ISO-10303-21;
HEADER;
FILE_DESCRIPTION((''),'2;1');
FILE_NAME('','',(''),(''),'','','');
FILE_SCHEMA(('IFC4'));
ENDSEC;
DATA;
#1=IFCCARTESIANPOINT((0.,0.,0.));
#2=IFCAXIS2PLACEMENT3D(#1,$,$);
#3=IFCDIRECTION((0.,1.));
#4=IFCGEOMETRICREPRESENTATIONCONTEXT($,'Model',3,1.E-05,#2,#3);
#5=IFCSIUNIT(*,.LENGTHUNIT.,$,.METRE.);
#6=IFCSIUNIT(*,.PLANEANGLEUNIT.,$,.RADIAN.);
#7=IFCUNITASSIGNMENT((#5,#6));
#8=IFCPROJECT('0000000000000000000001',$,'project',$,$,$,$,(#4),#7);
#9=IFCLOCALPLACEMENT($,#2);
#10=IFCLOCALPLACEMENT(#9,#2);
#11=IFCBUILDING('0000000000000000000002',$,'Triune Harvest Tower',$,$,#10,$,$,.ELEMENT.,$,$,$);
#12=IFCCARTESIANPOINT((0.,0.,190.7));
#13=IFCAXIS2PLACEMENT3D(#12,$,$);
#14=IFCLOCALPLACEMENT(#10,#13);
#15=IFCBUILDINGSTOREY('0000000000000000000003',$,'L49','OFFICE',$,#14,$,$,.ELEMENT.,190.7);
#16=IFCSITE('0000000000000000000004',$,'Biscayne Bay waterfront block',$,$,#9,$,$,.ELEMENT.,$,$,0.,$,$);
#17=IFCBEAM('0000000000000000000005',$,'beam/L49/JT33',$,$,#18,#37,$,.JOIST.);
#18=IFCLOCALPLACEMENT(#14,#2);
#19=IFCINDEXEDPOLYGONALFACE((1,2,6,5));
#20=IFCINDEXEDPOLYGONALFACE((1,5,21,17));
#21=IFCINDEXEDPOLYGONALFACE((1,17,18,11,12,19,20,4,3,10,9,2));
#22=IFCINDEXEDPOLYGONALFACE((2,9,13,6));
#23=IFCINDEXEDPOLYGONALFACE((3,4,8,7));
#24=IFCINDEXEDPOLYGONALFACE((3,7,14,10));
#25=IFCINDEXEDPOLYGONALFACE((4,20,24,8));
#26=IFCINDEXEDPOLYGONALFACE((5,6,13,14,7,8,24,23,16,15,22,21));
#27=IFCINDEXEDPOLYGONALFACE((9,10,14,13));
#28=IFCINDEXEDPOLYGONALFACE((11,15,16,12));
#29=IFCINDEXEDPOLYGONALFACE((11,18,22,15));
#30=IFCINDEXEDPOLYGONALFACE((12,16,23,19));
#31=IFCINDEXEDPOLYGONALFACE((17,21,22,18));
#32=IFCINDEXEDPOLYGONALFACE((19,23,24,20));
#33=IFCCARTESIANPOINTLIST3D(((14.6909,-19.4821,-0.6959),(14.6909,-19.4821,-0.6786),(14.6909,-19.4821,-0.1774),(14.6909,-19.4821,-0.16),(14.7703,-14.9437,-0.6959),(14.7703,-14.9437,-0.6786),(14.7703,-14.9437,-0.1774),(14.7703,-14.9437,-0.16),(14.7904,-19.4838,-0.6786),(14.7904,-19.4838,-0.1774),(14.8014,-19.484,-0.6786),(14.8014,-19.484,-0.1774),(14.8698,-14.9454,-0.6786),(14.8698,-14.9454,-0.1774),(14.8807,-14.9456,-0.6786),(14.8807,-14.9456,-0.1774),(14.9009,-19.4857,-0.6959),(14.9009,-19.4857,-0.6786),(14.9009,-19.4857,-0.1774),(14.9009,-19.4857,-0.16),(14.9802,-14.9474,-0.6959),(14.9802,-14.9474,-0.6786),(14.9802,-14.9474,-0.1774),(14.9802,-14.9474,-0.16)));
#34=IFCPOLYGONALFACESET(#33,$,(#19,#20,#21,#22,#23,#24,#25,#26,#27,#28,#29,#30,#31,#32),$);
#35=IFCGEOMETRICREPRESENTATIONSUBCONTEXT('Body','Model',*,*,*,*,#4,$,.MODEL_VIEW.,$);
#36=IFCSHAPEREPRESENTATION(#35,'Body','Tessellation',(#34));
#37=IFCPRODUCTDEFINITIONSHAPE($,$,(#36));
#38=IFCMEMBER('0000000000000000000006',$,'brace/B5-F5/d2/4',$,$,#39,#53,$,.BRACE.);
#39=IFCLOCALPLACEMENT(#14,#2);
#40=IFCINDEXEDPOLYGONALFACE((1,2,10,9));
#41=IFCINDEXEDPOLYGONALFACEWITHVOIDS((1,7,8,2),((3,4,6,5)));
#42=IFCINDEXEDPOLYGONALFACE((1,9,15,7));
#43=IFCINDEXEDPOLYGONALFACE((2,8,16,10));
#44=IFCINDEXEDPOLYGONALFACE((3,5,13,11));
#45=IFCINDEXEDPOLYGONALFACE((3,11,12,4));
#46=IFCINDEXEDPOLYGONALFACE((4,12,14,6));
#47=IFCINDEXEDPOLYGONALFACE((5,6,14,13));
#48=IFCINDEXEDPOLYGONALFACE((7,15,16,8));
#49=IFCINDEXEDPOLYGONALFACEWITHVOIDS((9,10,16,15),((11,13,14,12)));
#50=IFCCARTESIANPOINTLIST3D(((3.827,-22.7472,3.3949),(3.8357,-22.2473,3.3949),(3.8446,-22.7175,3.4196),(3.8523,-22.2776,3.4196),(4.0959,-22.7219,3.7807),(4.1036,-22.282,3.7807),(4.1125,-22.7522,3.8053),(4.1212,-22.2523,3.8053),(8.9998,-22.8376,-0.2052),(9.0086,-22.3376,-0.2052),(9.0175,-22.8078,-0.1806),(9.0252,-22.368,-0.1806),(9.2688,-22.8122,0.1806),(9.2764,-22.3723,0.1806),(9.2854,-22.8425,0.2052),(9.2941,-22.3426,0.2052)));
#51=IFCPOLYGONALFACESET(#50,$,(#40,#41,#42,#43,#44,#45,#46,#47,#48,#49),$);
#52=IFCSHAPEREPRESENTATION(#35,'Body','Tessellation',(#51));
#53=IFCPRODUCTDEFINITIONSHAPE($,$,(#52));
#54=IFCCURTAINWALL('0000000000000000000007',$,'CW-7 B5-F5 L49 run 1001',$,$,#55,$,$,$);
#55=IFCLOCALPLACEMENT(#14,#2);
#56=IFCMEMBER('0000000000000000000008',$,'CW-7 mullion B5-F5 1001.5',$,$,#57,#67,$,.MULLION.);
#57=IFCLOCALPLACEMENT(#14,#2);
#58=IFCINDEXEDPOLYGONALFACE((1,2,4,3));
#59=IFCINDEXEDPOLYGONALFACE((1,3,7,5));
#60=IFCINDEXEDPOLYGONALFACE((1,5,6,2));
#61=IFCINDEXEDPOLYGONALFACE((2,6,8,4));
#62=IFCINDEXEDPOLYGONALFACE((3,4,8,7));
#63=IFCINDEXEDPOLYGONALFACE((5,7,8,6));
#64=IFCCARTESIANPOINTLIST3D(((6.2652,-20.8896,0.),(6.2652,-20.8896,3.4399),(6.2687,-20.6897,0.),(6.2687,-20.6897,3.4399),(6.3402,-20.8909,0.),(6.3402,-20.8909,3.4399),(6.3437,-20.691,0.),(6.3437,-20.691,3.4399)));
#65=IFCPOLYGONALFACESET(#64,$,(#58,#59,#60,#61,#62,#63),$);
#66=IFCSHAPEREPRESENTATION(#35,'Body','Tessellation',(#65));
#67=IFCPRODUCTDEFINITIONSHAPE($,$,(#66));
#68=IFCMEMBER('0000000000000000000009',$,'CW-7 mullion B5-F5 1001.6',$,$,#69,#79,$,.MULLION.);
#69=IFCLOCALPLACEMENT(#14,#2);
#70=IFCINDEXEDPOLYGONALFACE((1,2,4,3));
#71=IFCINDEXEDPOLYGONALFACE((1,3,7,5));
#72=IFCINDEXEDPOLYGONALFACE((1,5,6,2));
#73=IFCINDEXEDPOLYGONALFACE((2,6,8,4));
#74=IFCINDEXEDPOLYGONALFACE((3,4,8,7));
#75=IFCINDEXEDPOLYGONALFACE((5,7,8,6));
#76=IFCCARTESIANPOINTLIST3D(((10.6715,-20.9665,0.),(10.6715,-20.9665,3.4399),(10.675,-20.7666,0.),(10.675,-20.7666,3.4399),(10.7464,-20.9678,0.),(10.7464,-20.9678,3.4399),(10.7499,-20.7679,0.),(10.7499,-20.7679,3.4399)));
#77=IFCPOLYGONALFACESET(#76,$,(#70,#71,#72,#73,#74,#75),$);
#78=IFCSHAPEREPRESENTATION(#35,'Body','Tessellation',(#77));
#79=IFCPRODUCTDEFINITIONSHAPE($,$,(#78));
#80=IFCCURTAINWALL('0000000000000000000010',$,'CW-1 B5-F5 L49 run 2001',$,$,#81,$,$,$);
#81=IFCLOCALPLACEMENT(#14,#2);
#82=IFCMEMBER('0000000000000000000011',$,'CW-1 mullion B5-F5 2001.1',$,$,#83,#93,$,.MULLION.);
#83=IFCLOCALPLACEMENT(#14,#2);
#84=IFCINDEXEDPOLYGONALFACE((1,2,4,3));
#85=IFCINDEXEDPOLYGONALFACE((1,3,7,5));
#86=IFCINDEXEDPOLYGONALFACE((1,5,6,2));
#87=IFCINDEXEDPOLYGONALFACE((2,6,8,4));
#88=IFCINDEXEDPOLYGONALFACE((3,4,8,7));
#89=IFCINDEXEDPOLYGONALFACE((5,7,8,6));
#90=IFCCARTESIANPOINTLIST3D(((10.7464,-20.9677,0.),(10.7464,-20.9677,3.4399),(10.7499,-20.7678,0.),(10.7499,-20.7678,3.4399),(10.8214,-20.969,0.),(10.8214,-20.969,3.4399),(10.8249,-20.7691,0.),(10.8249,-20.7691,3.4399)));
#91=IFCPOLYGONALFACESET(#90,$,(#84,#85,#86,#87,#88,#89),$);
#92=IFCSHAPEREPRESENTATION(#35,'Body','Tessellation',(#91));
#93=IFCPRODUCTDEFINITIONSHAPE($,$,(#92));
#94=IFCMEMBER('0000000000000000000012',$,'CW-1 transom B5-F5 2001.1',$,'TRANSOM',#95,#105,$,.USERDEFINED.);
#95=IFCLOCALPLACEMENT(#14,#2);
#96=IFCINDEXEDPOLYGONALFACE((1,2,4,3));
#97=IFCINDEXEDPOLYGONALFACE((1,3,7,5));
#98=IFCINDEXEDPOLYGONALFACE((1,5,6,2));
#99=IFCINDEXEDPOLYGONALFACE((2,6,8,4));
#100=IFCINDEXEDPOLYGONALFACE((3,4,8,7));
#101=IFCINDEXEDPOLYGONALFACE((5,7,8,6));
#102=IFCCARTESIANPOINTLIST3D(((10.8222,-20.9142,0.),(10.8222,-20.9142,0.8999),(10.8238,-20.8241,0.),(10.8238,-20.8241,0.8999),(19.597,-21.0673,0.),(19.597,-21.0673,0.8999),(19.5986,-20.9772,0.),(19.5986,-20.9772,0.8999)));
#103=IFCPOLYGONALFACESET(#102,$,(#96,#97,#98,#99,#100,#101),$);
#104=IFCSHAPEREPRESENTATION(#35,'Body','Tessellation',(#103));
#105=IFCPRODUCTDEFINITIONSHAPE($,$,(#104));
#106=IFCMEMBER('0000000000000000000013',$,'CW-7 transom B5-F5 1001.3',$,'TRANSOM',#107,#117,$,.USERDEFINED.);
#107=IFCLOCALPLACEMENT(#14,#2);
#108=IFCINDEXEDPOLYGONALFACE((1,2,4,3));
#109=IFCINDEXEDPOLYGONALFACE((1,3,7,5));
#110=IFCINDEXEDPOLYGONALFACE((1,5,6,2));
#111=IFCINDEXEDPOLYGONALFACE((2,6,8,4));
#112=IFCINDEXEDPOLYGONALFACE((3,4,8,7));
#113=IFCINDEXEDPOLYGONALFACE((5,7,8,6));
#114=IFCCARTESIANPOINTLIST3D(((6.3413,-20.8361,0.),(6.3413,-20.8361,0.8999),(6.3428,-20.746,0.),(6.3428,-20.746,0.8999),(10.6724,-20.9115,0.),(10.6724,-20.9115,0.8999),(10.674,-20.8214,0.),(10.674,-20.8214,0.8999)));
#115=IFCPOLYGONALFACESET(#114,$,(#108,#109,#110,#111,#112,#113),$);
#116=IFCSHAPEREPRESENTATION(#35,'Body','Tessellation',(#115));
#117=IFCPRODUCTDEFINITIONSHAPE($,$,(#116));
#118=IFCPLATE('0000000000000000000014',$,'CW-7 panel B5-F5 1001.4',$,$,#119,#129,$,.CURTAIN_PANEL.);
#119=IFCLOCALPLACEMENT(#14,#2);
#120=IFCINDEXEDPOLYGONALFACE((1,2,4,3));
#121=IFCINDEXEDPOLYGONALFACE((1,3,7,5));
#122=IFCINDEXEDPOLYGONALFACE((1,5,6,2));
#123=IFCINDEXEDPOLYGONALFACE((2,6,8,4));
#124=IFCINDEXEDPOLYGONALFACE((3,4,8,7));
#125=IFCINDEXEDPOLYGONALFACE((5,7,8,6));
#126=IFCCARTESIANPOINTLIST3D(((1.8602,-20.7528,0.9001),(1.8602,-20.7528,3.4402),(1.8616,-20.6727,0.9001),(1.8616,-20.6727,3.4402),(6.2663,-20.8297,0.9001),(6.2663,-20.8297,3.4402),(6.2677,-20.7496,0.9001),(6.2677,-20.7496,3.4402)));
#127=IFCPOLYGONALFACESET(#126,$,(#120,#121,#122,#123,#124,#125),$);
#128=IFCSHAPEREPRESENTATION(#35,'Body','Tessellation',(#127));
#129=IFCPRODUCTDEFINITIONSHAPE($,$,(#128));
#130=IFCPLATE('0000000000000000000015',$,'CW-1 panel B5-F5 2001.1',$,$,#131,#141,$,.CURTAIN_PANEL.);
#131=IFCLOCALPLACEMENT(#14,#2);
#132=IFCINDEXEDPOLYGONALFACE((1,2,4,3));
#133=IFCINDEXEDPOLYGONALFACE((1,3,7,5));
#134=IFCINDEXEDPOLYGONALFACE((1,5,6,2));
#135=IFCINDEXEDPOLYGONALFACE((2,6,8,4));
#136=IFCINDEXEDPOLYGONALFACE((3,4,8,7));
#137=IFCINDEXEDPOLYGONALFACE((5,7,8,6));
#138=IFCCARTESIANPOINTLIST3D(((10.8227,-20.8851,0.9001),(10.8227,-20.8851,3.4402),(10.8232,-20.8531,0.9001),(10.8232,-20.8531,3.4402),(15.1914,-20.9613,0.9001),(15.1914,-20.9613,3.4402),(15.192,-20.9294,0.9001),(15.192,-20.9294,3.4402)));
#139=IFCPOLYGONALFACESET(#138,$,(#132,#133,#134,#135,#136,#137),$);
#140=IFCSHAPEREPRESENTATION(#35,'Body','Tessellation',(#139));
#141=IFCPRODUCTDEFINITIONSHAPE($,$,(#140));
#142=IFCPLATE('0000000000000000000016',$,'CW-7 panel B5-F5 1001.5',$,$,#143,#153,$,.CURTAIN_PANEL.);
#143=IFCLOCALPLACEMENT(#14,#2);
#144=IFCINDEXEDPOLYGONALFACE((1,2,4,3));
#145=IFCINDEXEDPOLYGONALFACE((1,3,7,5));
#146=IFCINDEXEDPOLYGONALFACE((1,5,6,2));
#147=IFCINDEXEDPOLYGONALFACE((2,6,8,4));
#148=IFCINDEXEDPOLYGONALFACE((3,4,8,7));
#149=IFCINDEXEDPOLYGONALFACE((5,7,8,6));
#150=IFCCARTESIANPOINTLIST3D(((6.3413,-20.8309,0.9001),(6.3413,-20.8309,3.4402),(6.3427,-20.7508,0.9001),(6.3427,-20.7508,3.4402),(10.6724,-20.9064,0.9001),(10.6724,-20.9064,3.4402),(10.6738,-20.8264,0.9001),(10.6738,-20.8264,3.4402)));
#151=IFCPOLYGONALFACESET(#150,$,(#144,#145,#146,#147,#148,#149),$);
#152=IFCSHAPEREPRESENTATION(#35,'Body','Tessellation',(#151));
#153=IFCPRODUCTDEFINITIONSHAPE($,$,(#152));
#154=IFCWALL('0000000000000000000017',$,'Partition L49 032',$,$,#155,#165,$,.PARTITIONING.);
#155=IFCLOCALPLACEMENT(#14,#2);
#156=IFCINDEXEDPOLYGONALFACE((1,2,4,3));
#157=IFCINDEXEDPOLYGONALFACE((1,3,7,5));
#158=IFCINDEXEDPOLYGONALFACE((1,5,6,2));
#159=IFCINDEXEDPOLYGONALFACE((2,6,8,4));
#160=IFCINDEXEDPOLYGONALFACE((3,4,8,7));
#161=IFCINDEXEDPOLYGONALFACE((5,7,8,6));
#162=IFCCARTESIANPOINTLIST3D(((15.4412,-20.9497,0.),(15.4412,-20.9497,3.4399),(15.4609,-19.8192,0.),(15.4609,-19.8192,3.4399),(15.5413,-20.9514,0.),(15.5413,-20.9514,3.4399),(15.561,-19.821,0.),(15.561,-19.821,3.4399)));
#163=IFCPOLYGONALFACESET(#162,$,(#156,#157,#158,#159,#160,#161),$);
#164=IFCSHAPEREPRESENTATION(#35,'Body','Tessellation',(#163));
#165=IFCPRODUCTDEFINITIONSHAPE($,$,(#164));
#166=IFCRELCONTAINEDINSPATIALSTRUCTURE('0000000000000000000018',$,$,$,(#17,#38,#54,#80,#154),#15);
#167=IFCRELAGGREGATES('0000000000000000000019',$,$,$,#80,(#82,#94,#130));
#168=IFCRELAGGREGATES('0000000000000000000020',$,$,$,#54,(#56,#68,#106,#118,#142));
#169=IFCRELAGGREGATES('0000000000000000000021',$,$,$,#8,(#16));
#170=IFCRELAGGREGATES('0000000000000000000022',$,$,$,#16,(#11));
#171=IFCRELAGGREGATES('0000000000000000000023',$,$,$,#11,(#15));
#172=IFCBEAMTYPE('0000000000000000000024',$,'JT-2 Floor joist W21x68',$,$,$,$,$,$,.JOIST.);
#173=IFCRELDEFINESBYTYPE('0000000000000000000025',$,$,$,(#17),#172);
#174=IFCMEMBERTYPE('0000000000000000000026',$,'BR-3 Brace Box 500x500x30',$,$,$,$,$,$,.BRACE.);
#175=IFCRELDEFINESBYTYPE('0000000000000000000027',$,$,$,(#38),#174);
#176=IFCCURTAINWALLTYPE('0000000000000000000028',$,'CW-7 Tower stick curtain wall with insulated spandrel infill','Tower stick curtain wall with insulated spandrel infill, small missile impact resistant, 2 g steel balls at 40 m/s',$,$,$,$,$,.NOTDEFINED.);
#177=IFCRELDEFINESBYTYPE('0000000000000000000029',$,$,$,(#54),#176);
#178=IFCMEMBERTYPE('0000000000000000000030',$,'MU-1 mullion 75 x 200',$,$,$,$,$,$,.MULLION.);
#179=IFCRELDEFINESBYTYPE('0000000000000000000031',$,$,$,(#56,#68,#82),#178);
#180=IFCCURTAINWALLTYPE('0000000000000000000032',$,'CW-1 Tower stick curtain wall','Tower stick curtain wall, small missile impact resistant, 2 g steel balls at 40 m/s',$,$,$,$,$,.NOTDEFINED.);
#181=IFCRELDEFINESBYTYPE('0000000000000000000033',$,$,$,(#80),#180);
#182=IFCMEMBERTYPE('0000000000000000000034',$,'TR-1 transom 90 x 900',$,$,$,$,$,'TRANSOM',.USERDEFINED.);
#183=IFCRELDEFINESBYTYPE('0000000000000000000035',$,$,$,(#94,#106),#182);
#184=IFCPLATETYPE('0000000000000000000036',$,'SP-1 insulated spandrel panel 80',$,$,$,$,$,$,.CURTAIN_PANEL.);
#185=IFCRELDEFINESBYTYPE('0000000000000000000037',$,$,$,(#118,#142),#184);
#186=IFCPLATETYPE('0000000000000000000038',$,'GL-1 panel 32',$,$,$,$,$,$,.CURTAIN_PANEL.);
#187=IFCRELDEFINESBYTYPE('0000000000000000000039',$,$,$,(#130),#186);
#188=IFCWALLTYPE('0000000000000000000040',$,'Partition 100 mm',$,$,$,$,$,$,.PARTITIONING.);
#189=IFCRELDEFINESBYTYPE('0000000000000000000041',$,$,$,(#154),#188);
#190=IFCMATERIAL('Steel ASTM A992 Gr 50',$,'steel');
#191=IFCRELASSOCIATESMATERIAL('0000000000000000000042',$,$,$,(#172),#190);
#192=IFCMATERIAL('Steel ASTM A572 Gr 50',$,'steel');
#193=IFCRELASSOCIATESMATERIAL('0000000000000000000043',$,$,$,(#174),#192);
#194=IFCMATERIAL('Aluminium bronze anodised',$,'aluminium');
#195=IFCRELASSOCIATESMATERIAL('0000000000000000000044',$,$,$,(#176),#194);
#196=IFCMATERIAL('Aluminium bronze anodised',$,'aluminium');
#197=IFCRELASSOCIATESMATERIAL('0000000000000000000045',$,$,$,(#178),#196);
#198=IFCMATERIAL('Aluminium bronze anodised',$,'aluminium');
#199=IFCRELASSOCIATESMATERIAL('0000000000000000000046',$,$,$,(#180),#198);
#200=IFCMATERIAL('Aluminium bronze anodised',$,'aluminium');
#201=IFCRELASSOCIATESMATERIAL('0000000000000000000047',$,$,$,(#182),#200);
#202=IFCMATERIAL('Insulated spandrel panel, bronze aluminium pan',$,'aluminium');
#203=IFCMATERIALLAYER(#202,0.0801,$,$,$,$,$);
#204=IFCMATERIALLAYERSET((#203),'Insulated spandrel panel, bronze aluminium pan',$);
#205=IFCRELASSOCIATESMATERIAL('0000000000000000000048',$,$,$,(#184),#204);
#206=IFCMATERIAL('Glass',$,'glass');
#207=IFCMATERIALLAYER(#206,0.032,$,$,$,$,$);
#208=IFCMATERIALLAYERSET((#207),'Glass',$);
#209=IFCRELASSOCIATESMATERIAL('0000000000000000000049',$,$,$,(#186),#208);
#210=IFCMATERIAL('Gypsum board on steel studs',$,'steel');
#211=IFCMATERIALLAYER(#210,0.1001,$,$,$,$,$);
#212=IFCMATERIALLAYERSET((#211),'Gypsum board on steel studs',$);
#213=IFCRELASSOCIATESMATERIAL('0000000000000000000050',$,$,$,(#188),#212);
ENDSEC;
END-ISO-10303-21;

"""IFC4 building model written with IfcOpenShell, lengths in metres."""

from ifc_helpers import new_model, si_unit, direction, frame, frame_2d, origin, origin_2d, place, context, subcontext, project, spatial, rectangle, hollow_rectangle, i_section, extrude, source, transform, mapped, material, layer, layer_set, material_profile, profile_set, type_object, element, aggregate, save


model = new_model("IFC4")

# Units and contexts
model_context = context("Model", 3, precision=1e-05, world=origin(), true_north=direction((0.0, 1.0)))
body_context = subcontext(model_context, "Body", "Model", "MODEL_VIEW")
ifc_project = project(units=[si_unit("LENGTHUNIT", "METRE"), si_unit("PLANEANGLEUNIT", "RADIAN")], contexts=[model_context])

# Site, building, storey
site_placement = place(None, origin())
site = spatial("IfcSite", under=ifc_project, at=site_placement, Name="Biscayne Bay waterfront block", CompositionType="ELEMENT", RefElevation=0.0)
building_placement = place(site_placement, origin())
building = spatial("IfcBuilding", under=site, at=building_placement, Name="Triune Harvest Tower", CompositionType="ELEMENT")
storey_placement = place(building_placement, frame((0.0, 0.0, 190.7)))
storey = spatial("IfcBuildingStorey", under=building, at=storey_placement, Name="L49", Description="OFFICE", CompositionType="ELEMENT", Elevation=190.7)

# Beam
ifc_material_1 = material(Name="Steel ASTM A992 Gr 50", Category="steel")
ifc_material_profile_1 = material_profile(ifc_material_1, i_section(OverallWidth=0.21, OverallDepth=0.5359, WebThickness=0.011, FlangeThickness=0.0173, at=origin_2d()), Name="W21x68")
ifc_profile_set_1 = profile_set([ifc_material_profile_1], Name="Steel ASTM A992 Gr 50")
beam_type_1 = type_object("IfcBeamType", Name="JT-2 Floor joist W21x68", PredefinedType="JOIST", material=ifc_profile_set_1)
shared_shape_1 = source(origin(), body_context, "Body", "SweptSolid", [
    extrude(i_section(OverallWidth=0.21, OverallDepth=0.5359, WebThickness=0.011, FlangeThickness=0.0173, at=origin_2d()), origin(), (0.0, 0.0, 1.0), 4.5391),
])
beam_1_placement = place(storey_placement, frame((14.7959, -19.4839, -0.428), z_axis=(0.017481, 0.999847, 0.0), x_axis=(-0.999847, 0.017481, 0.0)))
element("IfcBeam", 1, at=beam_1_placement, inside=storey, type_object=beam_type_1, Name="beam/L49/JT33", PredefinedType="JOIST", context=body_context, shape_type="MappedRepresentation", body=[
    mapped(shared_shape_1, transform((0.0, 0.0, 0.0), scale=1.0)),
])

# Member
ifc_material_2 = material(Name="Steel ASTM A572 Gr 50", Category="steel")
ifc_material_profile_2 = material_profile(ifc_material_2, hollow_rectangle(XDim=0.5, YDim=0.5, WallThickness=0.03, at=origin_2d()), Name="Box 500x500x30")
ifc_profile_set_2 = profile_set([ifc_material_profile_2], Name="Steel ASTM A572 Gr 50")
member_type_1 = type_object("IfcMemberType", Name="BR-3 Brace Box 500x500x30", PredefinedType="BRACE", material=ifc_profile_set_2)
shared_shape_2 = source(origin(), body_context, "Body", "SweptSolid", [
    extrude(hollow_rectangle(XDim=0.5, YDim=0.5, WallThickness=0.03, at=origin_2d()), origin(), (0.0, 0.0, 1.0), 6.303),
])
member_1_placement = place(storey_placement, frame((9.147, -22.5901, 0.0), z_axis=(-0.820702, 0.014332, 0.571176), x_axis=(-0.01746, -0.999848, 0.0)))
element("IfcMember", 2, at=member_1_placement, inside=storey, type_object=member_type_1, Name="brace/B5-F5/d2/4", PredefinedType="BRACE", context=body_context, shape_type="MappedRepresentation", body=[
    mapped(shared_shape_2, transform((0.0, 0.0, 0.0), scale=1.0)),
])

# Curtain walls, members
ifc_material_3 = material(Name="Aluminium bronze anodised", Category="aluminium")
curtain_wall_type_1 = type_object("IfcCurtainWallType", Name="CW-7 Tower stick curtain wall with insulated spandrel infill", Description="Tower stick curtain wall with insulated spandrel infill, small missile impact resistant, 2 g steel balls at 40 m/s", PredefinedType="NOTDEFINED", material=ifc_material_3)
curtain_wall_1_placement = place(storey_placement, origin())
curtain_wall_1 = element("IfcCurtainWall", 3, at=curtain_wall_1_placement, inside=storey, type_object=curtain_wall_type_1, Name="CW-7 B5-F5 L49 run 1001")
ifc_material_4 = material(Name="Aluminium bronze anodised", Category="aluminium")
ifc_material_profile_3 = material_profile(ifc_material_4, rectangle(XDim=0.2, YDim=0.075, at=origin_2d()), Name="MU-1 mullion 75 x 200")
ifc_profile_set_3 = profile_set([ifc_material_profile_3], Name="Aluminium bronze anodised")
member_type_2 = type_object("IfcMemberType", Name="MU-1 mullion 75 x 200", PredefinedType="MULLION", material=ifc_profile_set_3)
shared_shape_3 = source(origin(), body_context, "Body", "SweptSolid", [
    extrude(rectangle(XDim=0.2, YDim=0.075, at=origin_2d()), origin(), (0.0, 0.0, 1.0), 3.4399),
])
member_2_placement = place(storey_placement, frame((6.3044, -20.7903, 0.0), z_axis=(0.0, 0.0, 1.0), x_axis=(0.017447, 0.999848, 0.0)))
member_2 = element("IfcMember", 4, at=member_2_placement, type_object=member_type_2, Name="CW-7 mullion B5-F5 1001.5", PredefinedType="MULLION", context=body_context, shape_type="MappedRepresentation", body=[
    mapped(shared_shape_3, transform((0.0, 0.0, 0.0), scale=1.0)),
])
member_3_placement = place(storey_placement, frame((10.7107, -20.8672, 0.0), z_axis=(0.0, 0.0, 1.0), x_axis=(0.017447, 0.999848, 0.0)))
member_3 = element("IfcMember", 5, at=member_3_placement, type_object=member_type_2, Name="CW-7 mullion B5-F5 1001.6", PredefinedType="MULLION", context=body_context, shape_type="MappedRepresentation", body=[
    mapped(shared_shape_3, transform((0.0, 0.0, 0.0), scale=1.0)),
])
ifc_material_5 = material(Name="Aluminium bronze anodised", Category="aluminium")
curtain_wall_type_2 = type_object("IfcCurtainWallType", Name="CW-1 Tower stick curtain wall", Description="Tower stick curtain wall, small missile impact resistant, 2 g steel balls at 40 m/s", PredefinedType="NOTDEFINED", material=ifc_material_5)
curtain_wall_2_placement = place(storey_placement, origin())
curtain_wall_2 = element("IfcCurtainWall", 6, at=curtain_wall_2_placement, inside=storey, type_object=curtain_wall_type_2, Name="CW-1 B5-F5 L49 run 2001")
member_4_placement = place(storey_placement, frame((10.7856, -20.8684, 0.0), z_axis=(0.0, 0.0, 1.0), x_axis=(0.017455, 0.999848, 0.0)))
member_4 = element("IfcMember", 7, at=member_4_placement, type_object=member_type_2, Name="CW-1 mullion B5-F5 2001.1", PredefinedType="MULLION", context=body_context, shape_type="MappedRepresentation", body=[
    mapped(shared_shape_3, transform((0.0, 0.0, 0.0), scale=1.0)),
])
ifc_material_6 = material(Name="Aluminium bronze anodised", Category="aluminium")
ifc_material_profile_4 = material_profile(ifc_material_6, rectangle(XDim=0.0901, YDim=0.8999, at=origin_2d()), Name="TR-1 transom 90 x 900")
ifc_profile_set_4 = profile_set([ifc_material_profile_4], Name="Aluminium bronze anodised")
member_type_3 = type_object("IfcMemberType", Name="TR-1 transom 90 x 900", ElementType="TRANSOM", PredefinedType="USERDEFINED", material=ifc_profile_set_4)
shared_shape_4 = source(origin(), body_context, "Body", "SweptSolid", [
    extrude(rectangle(XDim=0.0901, YDim=0.8999, at=origin_2d()), origin(), (0.0, 0.0, 1.0), 8.7761),
])
member_5_placement = place(storey_placement, frame((10.823, -20.8691, 0.45), z_axis=(0.999848, -0.017442, 0.0), x_axis=(0.017442, 0.999848, 0.0)))
member_5 = element("IfcMember", 8, at=member_5_placement, type_object=member_type_3, Name="CW-1 transom B5-F5 2001.1", ObjectType="TRANSOM", PredefinedType="USERDEFINED", context=body_context, shape_type="MappedRepresentation", body=[
    mapped(shared_shape_4, transform((0.0, 0.0, 0.0), scale=1.0)),
])

# Member
shared_shape_5 = source(origin(), body_context, "Body", "SweptSolid", [
    extrude(rectangle(XDim=0.0901, YDim=0.8999, at=origin_2d()), origin(), (0.0, 0.0, 1.0), 4.3318),
])
member_6_placement = place(storey_placement, frame((6.342, -20.791, 0.45), z_axis=(0.999848, -0.017416, 0.0), x_axis=(0.017416, 0.999848, 0.0)))
member_6 = element("IfcMember", 9, at=member_6_placement, type_object=member_type_3, Name="CW-7 transom B5-F5 1001.3", ObjectType="TRANSOM", PredefinedType="USERDEFINED", context=body_context, shape_type="MappedRepresentation", body=[
    mapped(shared_shape_5, transform((0.0, 0.0, 0.0), scale=1.0)),
])

# Plates
ifc_material_7 = material(Name="Insulated spandrel panel, bronze aluminium pan", Category="aluminium")
ifc_layer_1 = layer(ifc_material_7, 0.0801)
ifc_layer_set_1 = layer_set([ifc_layer_1], Name="Insulated spandrel panel, bronze aluminium pan")
plate_type_1 = type_object("IfcPlateType", Name="SP-1 insulated spandrel panel 80", PredefinedType="CURTAIN_PANEL", material=ifc_layer_set_1)
shared_shape_6 = source(origin(), body_context, "Body", "SweptSolid", [
    extrude(rectangle(XDim=4.4067, YDim=0.0801, at=origin_2d()), origin(), (0.0, 0.0, 1.0), 2.54),
])
plate_1_placement = place(storey_placement, frame((4.064, -20.7512, 0.9001), z_axis=(0.0, 0.0, 1.0), x_axis=(0.999848, -0.017447, 0.0)))
plate_1 = element("IfcPlate", 10, at=plate_1_placement, type_object=plate_type_1, Name="CW-7 panel B5-F5 1001.4", PredefinedType="CURTAIN_PANEL", context=body_context, shape_type="MappedRepresentation", body=[
    mapped(shared_shape_6, transform((0.0, 0.0, 0.0), scale=1.0)),
])
ifc_material_8 = material(Name="Glass", Category="glass")
ifc_layer_2 = layer(ifc_material_8, 0.032)
ifc_layer_set_2 = layer_set([ifc_layer_2], Name="Glass")
plate_type_2 = type_object("IfcPlateType", Name="GL-1 panel 32", PredefinedType="CURTAIN_PANEL", material=ifc_layer_set_2)
shared_shape_7 = source(origin(), body_context, "Body", "SweptSolid", [
    extrude(rectangle(XDim=4.3694, YDim=0.032, at=origin_2d()), origin(), (0.0, 0.0, 1.0), 2.54),
])
plate_2_placement = place(storey_placement, frame((13.0073, -20.9072, 0.9001), z_axis=(0.0, 0.0, 1.0), x_axis=(0.999848, -0.017455, 0.0)))
plate_2 = element("IfcPlate", 11, at=plate_2_placement, type_object=plate_type_2, Name="CW-1 panel B5-F5 2001.1", PredefinedType="CURTAIN_PANEL", context=body_context, shape_type="MappedRepresentation", body=[
    mapped(shared_shape_7, transform((0.0, 0.0, 0.0), scale=1.0)),
])
aggregate(curtain_wall_2, [member_4, member_5, plate_2])
shared_shape_8 = source(origin(), body_context, "Body", "SweptSolid", [
    extrude(rectangle(XDim=4.3318, YDim=0.0801, at=origin_2d()), origin(), (0.0, 0.0, 1.0), 2.54),
])
plate_3_placement = place(storey_placement, frame((8.5076, -20.8286, 0.9001), z_axis=(0.0, 0.0, 1.0), x_axis=(0.999848, -0.017447, 0.0)))
plate_3 = element("IfcPlate", 12, at=plate_3_placement, type_object=plate_type_1, Name="CW-7 panel B5-F5 1001.5", PredefinedType="CURTAIN_PANEL", context=body_context, shape_type="MappedRepresentation", body=[
    mapped(shared_shape_8, transform((0.0, 0.0, 0.0), scale=1.0)),
])
aggregate(curtain_wall_1, [member_2, member_3, member_6, plate_1, plate_3])

# Wall
ifc_material_9 = material(Name="Gypsum board on steel studs", Category="steel")
ifc_layer_3 = layer(ifc_material_9, 0.1001)
ifc_layer_set_3 = layer_set([ifc_layer_3], Name="Gypsum board on steel studs")
wall_type_1 = type_object("IfcWallType", Name="Partition 100 mm", PredefinedType="PARTITIONING", material=ifc_layer_set_3)
shared_shape_9 = source(origin(), body_context, "Body", "SweptSolid", [
    extrude(rectangle(XDim=1.1306, YDim=0.1001, at=frame_2d((0.5654, 0.0))), origin(), (0.0, 0.0, 1.0), 3.4399),
])
for number, where, z_axis, x_axis, name in (
    (13, (15.4912, -20.9507, 0.0), (0.0, 0.0, 1.0), (0.017492, 0.999847, 0.0), "Partition L49 032"),
):
    element("IfcWall", number, at=place(storey_placement, frame(where, z_axis=z_axis, x_axis=x_axis)), inside=storey, type_object=wall_type_1, Name=name, PredefinedType="PARTITIONING", context=body_context, shape_type="MappedRepresentation", body=[
        mapped(shared_shape_9, transform((0.0, 0.0, 0.0), scale=1.0)),
    ])

save(model, "model.ifc")
